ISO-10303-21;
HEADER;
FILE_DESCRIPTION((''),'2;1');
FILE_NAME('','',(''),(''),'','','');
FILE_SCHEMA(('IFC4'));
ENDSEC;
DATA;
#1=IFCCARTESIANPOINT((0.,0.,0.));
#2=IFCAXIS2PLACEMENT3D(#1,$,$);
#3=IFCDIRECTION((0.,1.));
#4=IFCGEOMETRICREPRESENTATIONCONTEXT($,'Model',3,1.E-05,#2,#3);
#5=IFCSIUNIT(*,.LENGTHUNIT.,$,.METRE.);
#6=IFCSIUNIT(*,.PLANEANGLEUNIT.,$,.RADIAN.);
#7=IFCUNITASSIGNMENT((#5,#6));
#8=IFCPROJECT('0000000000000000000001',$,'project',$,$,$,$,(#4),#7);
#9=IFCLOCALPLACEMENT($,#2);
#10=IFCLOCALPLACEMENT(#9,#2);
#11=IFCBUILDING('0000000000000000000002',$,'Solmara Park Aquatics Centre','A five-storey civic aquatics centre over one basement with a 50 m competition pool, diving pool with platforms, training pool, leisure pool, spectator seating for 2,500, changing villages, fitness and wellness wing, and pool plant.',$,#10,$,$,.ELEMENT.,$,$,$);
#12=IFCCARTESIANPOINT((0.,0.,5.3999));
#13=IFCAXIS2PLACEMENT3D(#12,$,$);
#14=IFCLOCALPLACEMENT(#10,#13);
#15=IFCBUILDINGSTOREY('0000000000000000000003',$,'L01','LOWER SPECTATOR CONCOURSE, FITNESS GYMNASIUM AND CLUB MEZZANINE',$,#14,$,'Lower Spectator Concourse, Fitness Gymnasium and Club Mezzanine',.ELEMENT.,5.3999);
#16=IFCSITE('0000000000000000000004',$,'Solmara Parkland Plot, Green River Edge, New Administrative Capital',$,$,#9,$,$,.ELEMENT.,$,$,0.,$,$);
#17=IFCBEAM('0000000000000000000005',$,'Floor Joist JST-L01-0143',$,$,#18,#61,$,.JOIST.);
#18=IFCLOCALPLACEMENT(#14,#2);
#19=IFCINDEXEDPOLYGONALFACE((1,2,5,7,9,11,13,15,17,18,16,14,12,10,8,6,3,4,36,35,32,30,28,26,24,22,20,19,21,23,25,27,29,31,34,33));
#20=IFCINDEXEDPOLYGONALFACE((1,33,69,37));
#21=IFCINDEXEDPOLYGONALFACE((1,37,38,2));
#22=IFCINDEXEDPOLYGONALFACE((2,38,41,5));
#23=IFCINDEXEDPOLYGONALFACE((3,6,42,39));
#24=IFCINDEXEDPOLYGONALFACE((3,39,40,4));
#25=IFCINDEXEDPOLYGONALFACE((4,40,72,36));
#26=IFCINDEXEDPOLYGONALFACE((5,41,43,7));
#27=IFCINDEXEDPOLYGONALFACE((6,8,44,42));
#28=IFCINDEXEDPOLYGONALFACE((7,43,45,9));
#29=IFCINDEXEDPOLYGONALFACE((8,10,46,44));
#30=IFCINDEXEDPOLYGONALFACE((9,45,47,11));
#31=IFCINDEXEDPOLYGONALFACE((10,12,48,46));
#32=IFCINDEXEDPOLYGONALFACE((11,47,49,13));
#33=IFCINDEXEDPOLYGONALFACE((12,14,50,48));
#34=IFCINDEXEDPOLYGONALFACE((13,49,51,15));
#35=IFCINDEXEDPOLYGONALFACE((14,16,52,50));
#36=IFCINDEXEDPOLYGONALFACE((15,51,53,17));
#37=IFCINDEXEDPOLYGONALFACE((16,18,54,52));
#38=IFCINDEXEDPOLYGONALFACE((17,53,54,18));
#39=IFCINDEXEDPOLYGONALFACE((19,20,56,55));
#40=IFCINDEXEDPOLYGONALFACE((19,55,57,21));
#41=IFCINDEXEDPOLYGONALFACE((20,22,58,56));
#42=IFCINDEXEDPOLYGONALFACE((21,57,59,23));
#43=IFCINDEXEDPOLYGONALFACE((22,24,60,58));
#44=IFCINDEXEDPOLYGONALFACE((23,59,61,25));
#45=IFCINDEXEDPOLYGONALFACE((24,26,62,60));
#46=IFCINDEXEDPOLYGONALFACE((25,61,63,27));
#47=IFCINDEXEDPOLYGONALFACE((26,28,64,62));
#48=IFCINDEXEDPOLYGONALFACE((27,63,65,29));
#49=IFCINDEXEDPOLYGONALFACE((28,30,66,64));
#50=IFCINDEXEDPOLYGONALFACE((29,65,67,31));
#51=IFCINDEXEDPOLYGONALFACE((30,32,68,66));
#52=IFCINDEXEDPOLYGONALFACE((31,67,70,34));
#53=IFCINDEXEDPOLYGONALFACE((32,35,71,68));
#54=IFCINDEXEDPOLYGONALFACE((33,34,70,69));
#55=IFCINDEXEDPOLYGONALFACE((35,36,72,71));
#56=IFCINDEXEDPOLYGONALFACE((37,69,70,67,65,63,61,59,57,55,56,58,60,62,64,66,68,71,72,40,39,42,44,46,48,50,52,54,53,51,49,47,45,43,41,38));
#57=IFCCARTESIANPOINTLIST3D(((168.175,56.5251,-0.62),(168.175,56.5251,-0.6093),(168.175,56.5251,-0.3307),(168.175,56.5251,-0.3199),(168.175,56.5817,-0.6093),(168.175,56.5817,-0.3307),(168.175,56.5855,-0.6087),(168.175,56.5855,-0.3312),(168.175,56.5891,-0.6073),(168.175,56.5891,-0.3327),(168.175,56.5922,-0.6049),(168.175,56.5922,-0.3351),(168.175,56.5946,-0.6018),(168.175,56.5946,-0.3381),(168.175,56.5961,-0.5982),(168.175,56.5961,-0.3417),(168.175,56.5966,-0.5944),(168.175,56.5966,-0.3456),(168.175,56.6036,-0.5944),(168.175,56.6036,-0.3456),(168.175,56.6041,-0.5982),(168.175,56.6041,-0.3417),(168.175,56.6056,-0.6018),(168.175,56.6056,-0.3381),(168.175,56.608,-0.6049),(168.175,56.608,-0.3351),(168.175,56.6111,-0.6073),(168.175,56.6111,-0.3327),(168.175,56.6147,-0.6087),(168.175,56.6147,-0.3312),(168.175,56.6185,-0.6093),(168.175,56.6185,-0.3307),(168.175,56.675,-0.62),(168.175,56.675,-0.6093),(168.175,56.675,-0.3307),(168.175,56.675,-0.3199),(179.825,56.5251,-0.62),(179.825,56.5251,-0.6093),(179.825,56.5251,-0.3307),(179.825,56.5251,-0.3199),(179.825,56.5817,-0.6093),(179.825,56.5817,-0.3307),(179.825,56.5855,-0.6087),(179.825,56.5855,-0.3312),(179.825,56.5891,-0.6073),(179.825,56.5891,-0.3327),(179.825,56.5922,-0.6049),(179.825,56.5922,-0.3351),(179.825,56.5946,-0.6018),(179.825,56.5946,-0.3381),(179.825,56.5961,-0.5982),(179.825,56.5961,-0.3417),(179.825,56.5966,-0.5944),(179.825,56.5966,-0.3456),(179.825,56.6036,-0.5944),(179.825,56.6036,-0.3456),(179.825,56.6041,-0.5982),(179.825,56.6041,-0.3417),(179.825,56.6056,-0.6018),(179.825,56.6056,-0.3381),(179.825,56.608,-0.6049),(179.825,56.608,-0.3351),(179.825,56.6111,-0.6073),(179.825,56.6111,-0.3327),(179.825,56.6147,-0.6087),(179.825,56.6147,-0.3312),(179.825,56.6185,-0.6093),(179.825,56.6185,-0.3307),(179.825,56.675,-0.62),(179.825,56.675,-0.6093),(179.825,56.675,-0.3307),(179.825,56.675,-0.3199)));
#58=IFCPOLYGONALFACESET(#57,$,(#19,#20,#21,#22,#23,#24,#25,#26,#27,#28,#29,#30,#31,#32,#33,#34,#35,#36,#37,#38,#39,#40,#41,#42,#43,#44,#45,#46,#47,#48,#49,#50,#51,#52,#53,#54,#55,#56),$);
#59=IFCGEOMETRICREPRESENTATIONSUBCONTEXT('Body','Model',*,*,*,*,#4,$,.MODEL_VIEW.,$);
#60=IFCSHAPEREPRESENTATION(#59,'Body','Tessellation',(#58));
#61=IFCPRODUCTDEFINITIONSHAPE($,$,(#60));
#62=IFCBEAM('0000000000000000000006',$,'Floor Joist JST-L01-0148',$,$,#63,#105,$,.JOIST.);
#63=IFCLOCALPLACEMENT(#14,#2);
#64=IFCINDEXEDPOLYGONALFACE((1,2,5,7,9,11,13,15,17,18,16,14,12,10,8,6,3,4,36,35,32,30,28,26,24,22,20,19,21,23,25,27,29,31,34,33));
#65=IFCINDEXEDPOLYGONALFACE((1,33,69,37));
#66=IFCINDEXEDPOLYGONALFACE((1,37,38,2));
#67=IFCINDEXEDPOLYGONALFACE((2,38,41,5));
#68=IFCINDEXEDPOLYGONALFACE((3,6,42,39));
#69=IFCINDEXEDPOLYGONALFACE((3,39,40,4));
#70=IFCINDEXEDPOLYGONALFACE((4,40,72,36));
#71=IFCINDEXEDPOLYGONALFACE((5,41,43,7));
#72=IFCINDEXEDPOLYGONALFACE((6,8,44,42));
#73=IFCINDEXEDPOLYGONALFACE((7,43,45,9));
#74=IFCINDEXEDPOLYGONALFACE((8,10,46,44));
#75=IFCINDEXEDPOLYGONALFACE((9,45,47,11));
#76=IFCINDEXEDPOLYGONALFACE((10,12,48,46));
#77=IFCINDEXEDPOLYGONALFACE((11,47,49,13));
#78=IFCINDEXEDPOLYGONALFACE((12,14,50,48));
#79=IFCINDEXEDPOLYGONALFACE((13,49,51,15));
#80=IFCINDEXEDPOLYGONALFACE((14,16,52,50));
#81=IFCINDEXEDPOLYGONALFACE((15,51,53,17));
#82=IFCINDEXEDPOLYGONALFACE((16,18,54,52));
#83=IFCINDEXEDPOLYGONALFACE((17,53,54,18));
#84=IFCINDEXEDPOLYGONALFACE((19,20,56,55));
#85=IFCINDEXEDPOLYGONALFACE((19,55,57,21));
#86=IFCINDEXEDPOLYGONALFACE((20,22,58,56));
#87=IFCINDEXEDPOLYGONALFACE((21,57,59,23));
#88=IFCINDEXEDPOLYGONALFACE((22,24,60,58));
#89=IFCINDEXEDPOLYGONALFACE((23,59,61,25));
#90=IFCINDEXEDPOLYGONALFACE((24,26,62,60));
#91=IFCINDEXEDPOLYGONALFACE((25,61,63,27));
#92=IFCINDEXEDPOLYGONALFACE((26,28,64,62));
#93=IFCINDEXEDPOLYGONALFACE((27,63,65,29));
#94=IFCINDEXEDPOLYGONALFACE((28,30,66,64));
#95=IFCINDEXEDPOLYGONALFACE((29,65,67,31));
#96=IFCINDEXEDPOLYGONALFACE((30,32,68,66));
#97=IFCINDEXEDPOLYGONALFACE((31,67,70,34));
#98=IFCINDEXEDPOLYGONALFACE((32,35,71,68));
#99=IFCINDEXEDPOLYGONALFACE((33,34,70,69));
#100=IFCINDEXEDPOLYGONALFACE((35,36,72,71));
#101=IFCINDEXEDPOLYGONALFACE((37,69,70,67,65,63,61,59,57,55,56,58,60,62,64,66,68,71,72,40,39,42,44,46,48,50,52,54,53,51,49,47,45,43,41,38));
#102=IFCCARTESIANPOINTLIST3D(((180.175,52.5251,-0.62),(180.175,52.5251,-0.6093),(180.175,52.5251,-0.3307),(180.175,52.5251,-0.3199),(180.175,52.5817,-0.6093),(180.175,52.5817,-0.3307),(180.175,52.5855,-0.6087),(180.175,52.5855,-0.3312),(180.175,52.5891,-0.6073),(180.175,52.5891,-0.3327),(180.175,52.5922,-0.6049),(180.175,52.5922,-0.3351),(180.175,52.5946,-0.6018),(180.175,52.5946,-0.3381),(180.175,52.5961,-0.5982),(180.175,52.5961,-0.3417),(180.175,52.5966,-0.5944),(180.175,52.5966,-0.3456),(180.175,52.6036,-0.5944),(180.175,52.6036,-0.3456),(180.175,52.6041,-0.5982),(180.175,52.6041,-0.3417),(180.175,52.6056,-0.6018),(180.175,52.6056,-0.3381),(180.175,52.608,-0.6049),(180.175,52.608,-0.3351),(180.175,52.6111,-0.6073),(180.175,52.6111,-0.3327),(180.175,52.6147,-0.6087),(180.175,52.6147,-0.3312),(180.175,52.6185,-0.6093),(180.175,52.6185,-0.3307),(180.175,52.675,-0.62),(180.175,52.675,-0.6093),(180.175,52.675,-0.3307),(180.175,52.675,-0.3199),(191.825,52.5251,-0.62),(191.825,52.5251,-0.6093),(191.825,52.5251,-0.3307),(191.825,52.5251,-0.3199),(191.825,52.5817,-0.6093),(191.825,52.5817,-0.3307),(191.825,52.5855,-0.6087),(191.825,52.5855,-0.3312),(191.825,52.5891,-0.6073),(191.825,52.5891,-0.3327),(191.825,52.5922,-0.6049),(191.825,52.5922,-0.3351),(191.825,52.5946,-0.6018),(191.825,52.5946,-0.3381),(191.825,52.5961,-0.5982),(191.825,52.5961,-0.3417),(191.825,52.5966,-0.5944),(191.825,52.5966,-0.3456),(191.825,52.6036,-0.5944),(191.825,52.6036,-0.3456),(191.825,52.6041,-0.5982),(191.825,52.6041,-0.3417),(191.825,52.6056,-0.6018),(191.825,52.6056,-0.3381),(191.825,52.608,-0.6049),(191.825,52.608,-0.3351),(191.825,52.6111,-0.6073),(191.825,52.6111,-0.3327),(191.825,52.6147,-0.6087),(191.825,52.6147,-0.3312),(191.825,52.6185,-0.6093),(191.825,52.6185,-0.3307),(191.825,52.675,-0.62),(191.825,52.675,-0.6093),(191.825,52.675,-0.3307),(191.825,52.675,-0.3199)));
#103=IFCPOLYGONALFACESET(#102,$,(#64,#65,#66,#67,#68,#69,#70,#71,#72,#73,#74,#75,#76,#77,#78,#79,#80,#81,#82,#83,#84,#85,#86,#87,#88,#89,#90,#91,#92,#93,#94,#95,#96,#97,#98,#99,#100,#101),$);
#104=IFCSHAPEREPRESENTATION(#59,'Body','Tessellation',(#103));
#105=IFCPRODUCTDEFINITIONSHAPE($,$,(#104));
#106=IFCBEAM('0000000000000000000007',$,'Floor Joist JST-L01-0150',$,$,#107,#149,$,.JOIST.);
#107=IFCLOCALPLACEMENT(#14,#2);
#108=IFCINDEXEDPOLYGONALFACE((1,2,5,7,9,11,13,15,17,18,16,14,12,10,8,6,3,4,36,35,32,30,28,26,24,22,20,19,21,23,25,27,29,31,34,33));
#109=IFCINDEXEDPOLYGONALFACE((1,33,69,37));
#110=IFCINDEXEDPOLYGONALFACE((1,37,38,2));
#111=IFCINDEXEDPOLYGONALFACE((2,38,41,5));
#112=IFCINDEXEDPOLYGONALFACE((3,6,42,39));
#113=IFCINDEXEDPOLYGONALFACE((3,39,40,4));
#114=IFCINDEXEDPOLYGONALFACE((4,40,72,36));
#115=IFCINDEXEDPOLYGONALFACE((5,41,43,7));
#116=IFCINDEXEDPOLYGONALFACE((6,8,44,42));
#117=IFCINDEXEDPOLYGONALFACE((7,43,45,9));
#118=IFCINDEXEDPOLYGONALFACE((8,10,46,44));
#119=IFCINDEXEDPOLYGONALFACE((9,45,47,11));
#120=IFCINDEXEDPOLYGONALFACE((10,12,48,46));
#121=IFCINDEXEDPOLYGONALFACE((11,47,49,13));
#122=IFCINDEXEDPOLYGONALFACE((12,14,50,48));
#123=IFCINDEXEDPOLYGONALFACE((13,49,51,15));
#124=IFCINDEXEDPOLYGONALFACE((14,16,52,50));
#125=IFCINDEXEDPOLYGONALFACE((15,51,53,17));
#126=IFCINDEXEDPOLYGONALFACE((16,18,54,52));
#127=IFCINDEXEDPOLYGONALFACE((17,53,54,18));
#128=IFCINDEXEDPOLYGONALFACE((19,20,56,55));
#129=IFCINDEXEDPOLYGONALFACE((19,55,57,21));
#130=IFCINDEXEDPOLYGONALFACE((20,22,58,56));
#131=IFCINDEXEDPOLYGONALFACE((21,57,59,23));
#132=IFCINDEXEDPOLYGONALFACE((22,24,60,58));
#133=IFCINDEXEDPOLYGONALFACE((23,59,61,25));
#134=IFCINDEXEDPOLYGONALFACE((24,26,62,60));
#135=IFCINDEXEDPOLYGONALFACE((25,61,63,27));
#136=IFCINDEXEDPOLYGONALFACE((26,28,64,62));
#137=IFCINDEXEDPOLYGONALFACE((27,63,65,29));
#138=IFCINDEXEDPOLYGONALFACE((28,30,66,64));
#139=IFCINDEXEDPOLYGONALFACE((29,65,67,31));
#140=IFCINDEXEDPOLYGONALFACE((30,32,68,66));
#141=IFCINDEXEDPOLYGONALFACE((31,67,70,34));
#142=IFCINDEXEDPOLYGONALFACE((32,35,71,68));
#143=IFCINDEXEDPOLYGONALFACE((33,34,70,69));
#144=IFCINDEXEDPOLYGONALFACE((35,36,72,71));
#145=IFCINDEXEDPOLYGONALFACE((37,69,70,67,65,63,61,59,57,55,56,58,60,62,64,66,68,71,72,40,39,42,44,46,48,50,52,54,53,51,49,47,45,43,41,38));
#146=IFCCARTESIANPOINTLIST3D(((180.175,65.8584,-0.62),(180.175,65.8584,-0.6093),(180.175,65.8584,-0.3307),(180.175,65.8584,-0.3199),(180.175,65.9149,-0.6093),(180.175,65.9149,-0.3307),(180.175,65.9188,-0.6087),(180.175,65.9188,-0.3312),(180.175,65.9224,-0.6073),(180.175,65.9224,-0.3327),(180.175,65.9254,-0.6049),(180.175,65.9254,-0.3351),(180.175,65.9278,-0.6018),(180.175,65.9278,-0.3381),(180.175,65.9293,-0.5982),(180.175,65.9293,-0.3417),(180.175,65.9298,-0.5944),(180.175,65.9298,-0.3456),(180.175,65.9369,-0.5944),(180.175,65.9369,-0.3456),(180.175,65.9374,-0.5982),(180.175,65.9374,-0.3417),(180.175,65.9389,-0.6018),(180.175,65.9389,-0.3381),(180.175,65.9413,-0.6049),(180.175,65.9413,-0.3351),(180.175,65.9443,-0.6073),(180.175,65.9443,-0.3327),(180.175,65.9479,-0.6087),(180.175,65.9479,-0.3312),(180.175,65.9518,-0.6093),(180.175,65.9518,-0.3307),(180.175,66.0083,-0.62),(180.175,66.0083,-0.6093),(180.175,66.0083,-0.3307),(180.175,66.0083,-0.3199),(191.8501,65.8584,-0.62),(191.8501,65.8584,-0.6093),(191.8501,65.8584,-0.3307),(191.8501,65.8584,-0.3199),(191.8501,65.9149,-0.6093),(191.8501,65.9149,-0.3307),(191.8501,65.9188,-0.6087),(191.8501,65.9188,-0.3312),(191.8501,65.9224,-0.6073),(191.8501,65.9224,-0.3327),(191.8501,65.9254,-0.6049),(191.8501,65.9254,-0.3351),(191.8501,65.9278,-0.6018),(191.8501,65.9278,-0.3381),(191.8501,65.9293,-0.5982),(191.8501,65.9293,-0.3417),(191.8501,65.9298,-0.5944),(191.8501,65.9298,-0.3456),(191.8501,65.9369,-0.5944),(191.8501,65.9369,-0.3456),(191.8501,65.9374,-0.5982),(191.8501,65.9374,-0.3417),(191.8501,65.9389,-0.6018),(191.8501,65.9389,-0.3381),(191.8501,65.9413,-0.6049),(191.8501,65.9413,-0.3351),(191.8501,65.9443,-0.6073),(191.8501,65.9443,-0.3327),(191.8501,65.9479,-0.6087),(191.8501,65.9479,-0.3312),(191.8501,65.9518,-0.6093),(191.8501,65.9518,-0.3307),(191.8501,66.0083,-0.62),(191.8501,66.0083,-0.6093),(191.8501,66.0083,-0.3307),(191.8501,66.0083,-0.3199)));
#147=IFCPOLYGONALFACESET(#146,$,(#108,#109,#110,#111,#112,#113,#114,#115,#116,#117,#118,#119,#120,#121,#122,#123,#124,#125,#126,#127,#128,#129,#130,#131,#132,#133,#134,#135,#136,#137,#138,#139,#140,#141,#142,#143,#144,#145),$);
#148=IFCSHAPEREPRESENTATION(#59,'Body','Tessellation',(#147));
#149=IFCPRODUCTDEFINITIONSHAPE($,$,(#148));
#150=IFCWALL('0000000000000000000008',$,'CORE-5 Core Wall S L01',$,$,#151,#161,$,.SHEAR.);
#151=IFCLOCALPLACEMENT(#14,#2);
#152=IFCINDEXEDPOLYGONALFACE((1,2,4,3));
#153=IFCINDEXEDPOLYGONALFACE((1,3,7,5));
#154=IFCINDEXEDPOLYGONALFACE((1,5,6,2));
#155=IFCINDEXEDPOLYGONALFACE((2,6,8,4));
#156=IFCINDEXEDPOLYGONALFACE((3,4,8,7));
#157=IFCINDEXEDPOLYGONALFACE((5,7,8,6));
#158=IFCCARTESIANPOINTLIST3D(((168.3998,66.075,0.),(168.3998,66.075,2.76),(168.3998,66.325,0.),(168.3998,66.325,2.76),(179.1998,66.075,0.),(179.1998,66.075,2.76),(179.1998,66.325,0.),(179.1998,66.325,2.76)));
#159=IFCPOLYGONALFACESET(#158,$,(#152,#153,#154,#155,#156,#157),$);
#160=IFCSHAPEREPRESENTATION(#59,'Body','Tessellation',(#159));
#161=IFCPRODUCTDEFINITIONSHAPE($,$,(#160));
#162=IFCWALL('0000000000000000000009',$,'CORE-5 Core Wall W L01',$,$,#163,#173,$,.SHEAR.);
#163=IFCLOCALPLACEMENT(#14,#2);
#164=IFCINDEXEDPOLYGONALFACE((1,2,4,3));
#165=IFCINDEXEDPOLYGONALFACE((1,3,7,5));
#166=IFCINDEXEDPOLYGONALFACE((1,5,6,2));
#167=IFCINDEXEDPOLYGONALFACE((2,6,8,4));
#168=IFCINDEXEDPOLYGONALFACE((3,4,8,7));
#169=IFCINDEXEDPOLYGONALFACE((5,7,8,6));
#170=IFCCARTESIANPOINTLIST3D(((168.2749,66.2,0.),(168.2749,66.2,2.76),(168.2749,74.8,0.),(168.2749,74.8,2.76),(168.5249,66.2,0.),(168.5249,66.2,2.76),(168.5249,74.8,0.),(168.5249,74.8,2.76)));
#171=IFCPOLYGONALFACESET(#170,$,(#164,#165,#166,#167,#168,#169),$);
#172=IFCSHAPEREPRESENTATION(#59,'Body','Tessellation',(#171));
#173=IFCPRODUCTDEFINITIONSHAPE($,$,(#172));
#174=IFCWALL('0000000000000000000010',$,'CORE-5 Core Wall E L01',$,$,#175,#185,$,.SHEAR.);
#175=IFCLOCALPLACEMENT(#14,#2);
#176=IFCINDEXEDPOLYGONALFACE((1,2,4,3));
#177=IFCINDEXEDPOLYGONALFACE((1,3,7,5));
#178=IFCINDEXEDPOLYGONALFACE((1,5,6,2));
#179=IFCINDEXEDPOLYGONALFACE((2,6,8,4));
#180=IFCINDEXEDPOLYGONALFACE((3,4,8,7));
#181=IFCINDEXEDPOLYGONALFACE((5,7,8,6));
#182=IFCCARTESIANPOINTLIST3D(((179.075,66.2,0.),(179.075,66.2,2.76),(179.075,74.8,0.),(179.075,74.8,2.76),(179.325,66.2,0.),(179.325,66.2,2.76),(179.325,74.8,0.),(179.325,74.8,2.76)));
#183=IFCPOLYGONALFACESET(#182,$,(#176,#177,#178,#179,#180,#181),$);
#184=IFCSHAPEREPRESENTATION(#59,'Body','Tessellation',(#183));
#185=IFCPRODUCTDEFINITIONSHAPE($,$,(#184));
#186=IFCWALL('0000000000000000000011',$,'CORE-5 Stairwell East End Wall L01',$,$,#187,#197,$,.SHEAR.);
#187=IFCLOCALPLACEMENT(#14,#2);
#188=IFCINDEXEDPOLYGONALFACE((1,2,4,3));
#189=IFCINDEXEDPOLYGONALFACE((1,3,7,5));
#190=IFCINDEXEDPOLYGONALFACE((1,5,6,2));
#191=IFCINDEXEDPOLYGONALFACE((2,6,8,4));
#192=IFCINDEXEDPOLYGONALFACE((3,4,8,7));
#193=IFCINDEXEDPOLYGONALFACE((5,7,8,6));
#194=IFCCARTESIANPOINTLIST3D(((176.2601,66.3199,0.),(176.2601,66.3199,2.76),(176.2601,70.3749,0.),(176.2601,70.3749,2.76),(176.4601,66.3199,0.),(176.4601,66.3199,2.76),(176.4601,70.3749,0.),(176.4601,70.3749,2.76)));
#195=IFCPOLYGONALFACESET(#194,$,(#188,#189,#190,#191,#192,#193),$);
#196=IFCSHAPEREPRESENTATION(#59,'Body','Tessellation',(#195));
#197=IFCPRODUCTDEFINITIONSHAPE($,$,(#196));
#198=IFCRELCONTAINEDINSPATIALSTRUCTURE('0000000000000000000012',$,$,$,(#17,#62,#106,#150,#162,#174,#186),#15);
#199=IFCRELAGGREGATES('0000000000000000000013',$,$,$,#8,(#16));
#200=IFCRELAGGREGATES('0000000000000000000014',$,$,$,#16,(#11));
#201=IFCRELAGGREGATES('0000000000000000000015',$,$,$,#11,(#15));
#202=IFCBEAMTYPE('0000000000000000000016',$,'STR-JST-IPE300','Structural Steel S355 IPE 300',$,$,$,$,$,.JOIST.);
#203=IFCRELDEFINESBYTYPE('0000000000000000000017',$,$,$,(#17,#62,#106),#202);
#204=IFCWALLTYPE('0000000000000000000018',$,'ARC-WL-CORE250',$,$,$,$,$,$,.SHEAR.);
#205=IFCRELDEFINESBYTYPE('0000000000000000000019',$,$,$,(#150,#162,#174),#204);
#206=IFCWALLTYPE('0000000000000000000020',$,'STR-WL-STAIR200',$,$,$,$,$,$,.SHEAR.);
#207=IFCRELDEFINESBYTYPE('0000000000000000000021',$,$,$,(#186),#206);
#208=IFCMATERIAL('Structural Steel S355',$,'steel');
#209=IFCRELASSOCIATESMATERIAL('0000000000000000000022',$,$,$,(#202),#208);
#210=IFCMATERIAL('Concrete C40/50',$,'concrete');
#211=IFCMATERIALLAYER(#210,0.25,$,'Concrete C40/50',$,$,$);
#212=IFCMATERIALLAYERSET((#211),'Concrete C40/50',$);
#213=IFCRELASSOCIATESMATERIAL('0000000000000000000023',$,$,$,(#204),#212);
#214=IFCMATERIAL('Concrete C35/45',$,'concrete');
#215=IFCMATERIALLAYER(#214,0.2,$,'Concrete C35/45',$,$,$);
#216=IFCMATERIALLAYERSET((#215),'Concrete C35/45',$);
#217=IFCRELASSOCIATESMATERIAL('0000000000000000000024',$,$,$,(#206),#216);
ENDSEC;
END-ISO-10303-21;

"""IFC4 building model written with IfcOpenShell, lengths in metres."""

from ifc_helpers import new_model, si_unit, direction, frame, frame_2d, origin, origin_2d, place, context, subcontext, project, spatial, rectangle, i_section, extrude, material, layer, layer_set, material_profile, profile_set, type_object, element, save


model = new_model("IFC4")

# Units and contexts
model_context = context("Model", 3, precision=1e-05, world=origin(), true_north=direction((0.0, 1.0)))
body_context = subcontext(model_context, "Body", "Model", "MODEL_VIEW")
ifc_project = project(units=[si_unit("LENGTHUNIT", "METRE"), si_unit("PLANEANGLEUNIT", "RADIAN")], contexts=[model_context])

# Site, building, storey
site_placement = place(None, origin())
site = spatial("IfcSite", under=ifc_project, at=site_placement, Name="Solmara Parkland Plot, Green River Edge, New Administrative Capital", CompositionType="ELEMENT", RefElevation=0.0)
building_placement = place(site_placement, origin())
building = spatial("IfcBuilding", under=site, at=building_placement, Name="Solmara Park Aquatics Centre", Description="A five-storey civic aquatics centre over one basement with a 50 m competition pool, diving pool with platforms, training pool, leisure pool, spectator seating for 2,500, changing villages, fitness and wellness wing, and pool plant.", CompositionType="ELEMENT")
storey_placement = place(building_placement, frame((0.0, 0.0, 5.3999)))
storey = spatial("IfcBuildingStorey", under=building, at=storey_placement, Name="L01", Description="LOWER SPECTATOR CONCOURSE, FITNESS GYMNASIUM AND CLUB MEZZANINE", LongName="Lower Spectator Concourse, Fitness Gymnasium and Club Mezzanine", CompositionType="ELEMENT", Elevation=5.3999)

# Shared definitions
ifc_material_1 = material(Name="Structural Steel S355", Category="steel")
ifc_material_2 = material(Name="Concrete C40/50", Category="concrete")

# Beams
ifc_material_profile_1 = material_profile(ifc_material_1, i_section(OverallWidth=0.1499, OverallDepth=0.3, WebThickness=0.0071, FlangeThickness=0.0107, FilletRadius=0.0149, at=origin_2d()), Name="IPE 300")
ifc_profile_set_1 = profile_set([ifc_material_profile_1], Name="Structural Steel S355")
beam_type_1 = type_object("IfcBeamType", Name="STR-JST-IPE300", Description="Structural Steel S355 IPE 300", PredefinedType="JOIST", material=ifc_profile_set_1)
for number, where, z_axis, x_axis, name in (
    (1, (168.175, 56.6001, -0.47), (1.0, 0.0, 0.0), (0.0, 1.0, 0.0), "Floor Joist JST-L01-0143"),
    (2, (180.175, 52.6001, -0.47), (1.0, 0.0, 0.0), (0.0, 1.0, 0.0), "Floor Joist JST-L01-0148"),
):
    element("IfcBeam", number, at=place(storey_placement, frame(where, z_axis=z_axis, x_axis=x_axis)), inside=storey, type_object=beam_type_1, Name=name, PredefinedType="JOIST", context=body_context, shape_type="SweptSolid", body=[
        extrude(i_section(OverallWidth=0.1499, OverallDepth=0.3, WebThickness=0.0071, FlangeThickness=0.0107, FilletRadius=0.0149, at=origin_2d()), origin(), (0.0, 0.0, 1.0), 11.6499),
    ])
beam_1_placement = place(storey_placement, frame((180.175, 65.9333, -0.47), z_axis=(1.0, 0.0, 0.0), x_axis=(0.0, 1.0, 0.0)))
element("IfcBeam", 3, at=beam_1_placement, inside=storey, type_object=beam_type_1, Name="Floor Joist JST-L01-0150", PredefinedType="JOIST", context=body_context, shape_type="SweptSolid", body=[
    extrude(i_section(OverallWidth=0.1499, OverallDepth=0.3, WebThickness=0.0071, FlangeThickness=0.0107, FilletRadius=0.0149, at=origin_2d()), origin(), (0.0, 0.0, 1.0), 11.675),
])

# Walls
ifc_layer_1 = layer(ifc_material_2, 0.25, Name="Concrete C40/50")
ifc_layer_set_1 = layer_set([ifc_layer_1], Name="Concrete C40/50")
wall_type_1 = type_object("IfcWallType", Name="ARC-WL-CORE250", PredefinedType="SHEAR", material=ifc_layer_set_1)
wall_1_placement = place(storey_placement, frame((168.3999, 66.2, 0.0), z_axis=(0.0, 0.0, 1.0), x_axis=(1.0, 0.0, 0.0)))
element("IfcWall", 4, at=wall_1_placement, inside=storey, type_object=wall_type_1, Name="CORE-5 Core Wall S L01", PredefinedType="SHEAR", context=body_context, shape_type="SweptSolid", body=[
    extrude(rectangle(XDim=10.8, YDim=0.25, at=frame_2d((5.3999, 0.0))), origin(), (0.0, 0.0, 1.0), 2.76),
])
for number, where, z_axis, x_axis, name in (
    (5, (168.3999, 66.2, 0.0), (0.0, 0.0, 1.0), (0.0, 1.0, 0.0), "CORE-5 Core Wall W L01"),
    (6, (179.2, 66.2, 0.0), (0.0, 0.0, 1.0), (0.0, 1.0, 0.0), "CORE-5 Core Wall E L01"),
):
    element("IfcWall", number, at=place(storey_placement, frame(where, z_axis=z_axis, x_axis=x_axis)), inside=storey, type_object=wall_type_1, Name=name, PredefinedType="SHEAR", context=body_context, shape_type="SweptSolid", body=[
        extrude(rectangle(XDim=8.6001, YDim=0.25, at=frame_2d((4.3, 0.0))), origin(), (0.0, 0.0, 1.0), 2.76),
    ])
ifc_material_3 = material(Name="Concrete C35/45", Category="concrete")
ifc_layer_2 = layer(ifc_material_3, 0.2, Name="Concrete C35/45")
ifc_layer_set_2 = layer_set([ifc_layer_2], Name="Concrete C35/45")
wall_type_2 = type_object("IfcWallType", Name="STR-WL-STAIR200", PredefinedType="SHEAR", material=ifc_layer_set_2)
wall_2_placement = place(storey_placement, frame((176.3601, 66.3201, 0.0), z_axis=(0.0, 0.0, 1.0), x_axis=(0.0, 1.0, 0.0)))
element("IfcWall", 7, at=wall_2_placement, inside=storey, type_object=wall_type_2, Name="CORE-5 Stairwell East End Wall L01", PredefinedType="SHEAR", context=body_context, shape_type="SweptSolid", body=[
    extrude(rectangle(XDim=4.0549, YDim=0.2, at=frame_2d((2.0273, 0.0))), origin(), (0.0, 0.0, 1.0), 2.76),
])

save(model, "model.ifc")
